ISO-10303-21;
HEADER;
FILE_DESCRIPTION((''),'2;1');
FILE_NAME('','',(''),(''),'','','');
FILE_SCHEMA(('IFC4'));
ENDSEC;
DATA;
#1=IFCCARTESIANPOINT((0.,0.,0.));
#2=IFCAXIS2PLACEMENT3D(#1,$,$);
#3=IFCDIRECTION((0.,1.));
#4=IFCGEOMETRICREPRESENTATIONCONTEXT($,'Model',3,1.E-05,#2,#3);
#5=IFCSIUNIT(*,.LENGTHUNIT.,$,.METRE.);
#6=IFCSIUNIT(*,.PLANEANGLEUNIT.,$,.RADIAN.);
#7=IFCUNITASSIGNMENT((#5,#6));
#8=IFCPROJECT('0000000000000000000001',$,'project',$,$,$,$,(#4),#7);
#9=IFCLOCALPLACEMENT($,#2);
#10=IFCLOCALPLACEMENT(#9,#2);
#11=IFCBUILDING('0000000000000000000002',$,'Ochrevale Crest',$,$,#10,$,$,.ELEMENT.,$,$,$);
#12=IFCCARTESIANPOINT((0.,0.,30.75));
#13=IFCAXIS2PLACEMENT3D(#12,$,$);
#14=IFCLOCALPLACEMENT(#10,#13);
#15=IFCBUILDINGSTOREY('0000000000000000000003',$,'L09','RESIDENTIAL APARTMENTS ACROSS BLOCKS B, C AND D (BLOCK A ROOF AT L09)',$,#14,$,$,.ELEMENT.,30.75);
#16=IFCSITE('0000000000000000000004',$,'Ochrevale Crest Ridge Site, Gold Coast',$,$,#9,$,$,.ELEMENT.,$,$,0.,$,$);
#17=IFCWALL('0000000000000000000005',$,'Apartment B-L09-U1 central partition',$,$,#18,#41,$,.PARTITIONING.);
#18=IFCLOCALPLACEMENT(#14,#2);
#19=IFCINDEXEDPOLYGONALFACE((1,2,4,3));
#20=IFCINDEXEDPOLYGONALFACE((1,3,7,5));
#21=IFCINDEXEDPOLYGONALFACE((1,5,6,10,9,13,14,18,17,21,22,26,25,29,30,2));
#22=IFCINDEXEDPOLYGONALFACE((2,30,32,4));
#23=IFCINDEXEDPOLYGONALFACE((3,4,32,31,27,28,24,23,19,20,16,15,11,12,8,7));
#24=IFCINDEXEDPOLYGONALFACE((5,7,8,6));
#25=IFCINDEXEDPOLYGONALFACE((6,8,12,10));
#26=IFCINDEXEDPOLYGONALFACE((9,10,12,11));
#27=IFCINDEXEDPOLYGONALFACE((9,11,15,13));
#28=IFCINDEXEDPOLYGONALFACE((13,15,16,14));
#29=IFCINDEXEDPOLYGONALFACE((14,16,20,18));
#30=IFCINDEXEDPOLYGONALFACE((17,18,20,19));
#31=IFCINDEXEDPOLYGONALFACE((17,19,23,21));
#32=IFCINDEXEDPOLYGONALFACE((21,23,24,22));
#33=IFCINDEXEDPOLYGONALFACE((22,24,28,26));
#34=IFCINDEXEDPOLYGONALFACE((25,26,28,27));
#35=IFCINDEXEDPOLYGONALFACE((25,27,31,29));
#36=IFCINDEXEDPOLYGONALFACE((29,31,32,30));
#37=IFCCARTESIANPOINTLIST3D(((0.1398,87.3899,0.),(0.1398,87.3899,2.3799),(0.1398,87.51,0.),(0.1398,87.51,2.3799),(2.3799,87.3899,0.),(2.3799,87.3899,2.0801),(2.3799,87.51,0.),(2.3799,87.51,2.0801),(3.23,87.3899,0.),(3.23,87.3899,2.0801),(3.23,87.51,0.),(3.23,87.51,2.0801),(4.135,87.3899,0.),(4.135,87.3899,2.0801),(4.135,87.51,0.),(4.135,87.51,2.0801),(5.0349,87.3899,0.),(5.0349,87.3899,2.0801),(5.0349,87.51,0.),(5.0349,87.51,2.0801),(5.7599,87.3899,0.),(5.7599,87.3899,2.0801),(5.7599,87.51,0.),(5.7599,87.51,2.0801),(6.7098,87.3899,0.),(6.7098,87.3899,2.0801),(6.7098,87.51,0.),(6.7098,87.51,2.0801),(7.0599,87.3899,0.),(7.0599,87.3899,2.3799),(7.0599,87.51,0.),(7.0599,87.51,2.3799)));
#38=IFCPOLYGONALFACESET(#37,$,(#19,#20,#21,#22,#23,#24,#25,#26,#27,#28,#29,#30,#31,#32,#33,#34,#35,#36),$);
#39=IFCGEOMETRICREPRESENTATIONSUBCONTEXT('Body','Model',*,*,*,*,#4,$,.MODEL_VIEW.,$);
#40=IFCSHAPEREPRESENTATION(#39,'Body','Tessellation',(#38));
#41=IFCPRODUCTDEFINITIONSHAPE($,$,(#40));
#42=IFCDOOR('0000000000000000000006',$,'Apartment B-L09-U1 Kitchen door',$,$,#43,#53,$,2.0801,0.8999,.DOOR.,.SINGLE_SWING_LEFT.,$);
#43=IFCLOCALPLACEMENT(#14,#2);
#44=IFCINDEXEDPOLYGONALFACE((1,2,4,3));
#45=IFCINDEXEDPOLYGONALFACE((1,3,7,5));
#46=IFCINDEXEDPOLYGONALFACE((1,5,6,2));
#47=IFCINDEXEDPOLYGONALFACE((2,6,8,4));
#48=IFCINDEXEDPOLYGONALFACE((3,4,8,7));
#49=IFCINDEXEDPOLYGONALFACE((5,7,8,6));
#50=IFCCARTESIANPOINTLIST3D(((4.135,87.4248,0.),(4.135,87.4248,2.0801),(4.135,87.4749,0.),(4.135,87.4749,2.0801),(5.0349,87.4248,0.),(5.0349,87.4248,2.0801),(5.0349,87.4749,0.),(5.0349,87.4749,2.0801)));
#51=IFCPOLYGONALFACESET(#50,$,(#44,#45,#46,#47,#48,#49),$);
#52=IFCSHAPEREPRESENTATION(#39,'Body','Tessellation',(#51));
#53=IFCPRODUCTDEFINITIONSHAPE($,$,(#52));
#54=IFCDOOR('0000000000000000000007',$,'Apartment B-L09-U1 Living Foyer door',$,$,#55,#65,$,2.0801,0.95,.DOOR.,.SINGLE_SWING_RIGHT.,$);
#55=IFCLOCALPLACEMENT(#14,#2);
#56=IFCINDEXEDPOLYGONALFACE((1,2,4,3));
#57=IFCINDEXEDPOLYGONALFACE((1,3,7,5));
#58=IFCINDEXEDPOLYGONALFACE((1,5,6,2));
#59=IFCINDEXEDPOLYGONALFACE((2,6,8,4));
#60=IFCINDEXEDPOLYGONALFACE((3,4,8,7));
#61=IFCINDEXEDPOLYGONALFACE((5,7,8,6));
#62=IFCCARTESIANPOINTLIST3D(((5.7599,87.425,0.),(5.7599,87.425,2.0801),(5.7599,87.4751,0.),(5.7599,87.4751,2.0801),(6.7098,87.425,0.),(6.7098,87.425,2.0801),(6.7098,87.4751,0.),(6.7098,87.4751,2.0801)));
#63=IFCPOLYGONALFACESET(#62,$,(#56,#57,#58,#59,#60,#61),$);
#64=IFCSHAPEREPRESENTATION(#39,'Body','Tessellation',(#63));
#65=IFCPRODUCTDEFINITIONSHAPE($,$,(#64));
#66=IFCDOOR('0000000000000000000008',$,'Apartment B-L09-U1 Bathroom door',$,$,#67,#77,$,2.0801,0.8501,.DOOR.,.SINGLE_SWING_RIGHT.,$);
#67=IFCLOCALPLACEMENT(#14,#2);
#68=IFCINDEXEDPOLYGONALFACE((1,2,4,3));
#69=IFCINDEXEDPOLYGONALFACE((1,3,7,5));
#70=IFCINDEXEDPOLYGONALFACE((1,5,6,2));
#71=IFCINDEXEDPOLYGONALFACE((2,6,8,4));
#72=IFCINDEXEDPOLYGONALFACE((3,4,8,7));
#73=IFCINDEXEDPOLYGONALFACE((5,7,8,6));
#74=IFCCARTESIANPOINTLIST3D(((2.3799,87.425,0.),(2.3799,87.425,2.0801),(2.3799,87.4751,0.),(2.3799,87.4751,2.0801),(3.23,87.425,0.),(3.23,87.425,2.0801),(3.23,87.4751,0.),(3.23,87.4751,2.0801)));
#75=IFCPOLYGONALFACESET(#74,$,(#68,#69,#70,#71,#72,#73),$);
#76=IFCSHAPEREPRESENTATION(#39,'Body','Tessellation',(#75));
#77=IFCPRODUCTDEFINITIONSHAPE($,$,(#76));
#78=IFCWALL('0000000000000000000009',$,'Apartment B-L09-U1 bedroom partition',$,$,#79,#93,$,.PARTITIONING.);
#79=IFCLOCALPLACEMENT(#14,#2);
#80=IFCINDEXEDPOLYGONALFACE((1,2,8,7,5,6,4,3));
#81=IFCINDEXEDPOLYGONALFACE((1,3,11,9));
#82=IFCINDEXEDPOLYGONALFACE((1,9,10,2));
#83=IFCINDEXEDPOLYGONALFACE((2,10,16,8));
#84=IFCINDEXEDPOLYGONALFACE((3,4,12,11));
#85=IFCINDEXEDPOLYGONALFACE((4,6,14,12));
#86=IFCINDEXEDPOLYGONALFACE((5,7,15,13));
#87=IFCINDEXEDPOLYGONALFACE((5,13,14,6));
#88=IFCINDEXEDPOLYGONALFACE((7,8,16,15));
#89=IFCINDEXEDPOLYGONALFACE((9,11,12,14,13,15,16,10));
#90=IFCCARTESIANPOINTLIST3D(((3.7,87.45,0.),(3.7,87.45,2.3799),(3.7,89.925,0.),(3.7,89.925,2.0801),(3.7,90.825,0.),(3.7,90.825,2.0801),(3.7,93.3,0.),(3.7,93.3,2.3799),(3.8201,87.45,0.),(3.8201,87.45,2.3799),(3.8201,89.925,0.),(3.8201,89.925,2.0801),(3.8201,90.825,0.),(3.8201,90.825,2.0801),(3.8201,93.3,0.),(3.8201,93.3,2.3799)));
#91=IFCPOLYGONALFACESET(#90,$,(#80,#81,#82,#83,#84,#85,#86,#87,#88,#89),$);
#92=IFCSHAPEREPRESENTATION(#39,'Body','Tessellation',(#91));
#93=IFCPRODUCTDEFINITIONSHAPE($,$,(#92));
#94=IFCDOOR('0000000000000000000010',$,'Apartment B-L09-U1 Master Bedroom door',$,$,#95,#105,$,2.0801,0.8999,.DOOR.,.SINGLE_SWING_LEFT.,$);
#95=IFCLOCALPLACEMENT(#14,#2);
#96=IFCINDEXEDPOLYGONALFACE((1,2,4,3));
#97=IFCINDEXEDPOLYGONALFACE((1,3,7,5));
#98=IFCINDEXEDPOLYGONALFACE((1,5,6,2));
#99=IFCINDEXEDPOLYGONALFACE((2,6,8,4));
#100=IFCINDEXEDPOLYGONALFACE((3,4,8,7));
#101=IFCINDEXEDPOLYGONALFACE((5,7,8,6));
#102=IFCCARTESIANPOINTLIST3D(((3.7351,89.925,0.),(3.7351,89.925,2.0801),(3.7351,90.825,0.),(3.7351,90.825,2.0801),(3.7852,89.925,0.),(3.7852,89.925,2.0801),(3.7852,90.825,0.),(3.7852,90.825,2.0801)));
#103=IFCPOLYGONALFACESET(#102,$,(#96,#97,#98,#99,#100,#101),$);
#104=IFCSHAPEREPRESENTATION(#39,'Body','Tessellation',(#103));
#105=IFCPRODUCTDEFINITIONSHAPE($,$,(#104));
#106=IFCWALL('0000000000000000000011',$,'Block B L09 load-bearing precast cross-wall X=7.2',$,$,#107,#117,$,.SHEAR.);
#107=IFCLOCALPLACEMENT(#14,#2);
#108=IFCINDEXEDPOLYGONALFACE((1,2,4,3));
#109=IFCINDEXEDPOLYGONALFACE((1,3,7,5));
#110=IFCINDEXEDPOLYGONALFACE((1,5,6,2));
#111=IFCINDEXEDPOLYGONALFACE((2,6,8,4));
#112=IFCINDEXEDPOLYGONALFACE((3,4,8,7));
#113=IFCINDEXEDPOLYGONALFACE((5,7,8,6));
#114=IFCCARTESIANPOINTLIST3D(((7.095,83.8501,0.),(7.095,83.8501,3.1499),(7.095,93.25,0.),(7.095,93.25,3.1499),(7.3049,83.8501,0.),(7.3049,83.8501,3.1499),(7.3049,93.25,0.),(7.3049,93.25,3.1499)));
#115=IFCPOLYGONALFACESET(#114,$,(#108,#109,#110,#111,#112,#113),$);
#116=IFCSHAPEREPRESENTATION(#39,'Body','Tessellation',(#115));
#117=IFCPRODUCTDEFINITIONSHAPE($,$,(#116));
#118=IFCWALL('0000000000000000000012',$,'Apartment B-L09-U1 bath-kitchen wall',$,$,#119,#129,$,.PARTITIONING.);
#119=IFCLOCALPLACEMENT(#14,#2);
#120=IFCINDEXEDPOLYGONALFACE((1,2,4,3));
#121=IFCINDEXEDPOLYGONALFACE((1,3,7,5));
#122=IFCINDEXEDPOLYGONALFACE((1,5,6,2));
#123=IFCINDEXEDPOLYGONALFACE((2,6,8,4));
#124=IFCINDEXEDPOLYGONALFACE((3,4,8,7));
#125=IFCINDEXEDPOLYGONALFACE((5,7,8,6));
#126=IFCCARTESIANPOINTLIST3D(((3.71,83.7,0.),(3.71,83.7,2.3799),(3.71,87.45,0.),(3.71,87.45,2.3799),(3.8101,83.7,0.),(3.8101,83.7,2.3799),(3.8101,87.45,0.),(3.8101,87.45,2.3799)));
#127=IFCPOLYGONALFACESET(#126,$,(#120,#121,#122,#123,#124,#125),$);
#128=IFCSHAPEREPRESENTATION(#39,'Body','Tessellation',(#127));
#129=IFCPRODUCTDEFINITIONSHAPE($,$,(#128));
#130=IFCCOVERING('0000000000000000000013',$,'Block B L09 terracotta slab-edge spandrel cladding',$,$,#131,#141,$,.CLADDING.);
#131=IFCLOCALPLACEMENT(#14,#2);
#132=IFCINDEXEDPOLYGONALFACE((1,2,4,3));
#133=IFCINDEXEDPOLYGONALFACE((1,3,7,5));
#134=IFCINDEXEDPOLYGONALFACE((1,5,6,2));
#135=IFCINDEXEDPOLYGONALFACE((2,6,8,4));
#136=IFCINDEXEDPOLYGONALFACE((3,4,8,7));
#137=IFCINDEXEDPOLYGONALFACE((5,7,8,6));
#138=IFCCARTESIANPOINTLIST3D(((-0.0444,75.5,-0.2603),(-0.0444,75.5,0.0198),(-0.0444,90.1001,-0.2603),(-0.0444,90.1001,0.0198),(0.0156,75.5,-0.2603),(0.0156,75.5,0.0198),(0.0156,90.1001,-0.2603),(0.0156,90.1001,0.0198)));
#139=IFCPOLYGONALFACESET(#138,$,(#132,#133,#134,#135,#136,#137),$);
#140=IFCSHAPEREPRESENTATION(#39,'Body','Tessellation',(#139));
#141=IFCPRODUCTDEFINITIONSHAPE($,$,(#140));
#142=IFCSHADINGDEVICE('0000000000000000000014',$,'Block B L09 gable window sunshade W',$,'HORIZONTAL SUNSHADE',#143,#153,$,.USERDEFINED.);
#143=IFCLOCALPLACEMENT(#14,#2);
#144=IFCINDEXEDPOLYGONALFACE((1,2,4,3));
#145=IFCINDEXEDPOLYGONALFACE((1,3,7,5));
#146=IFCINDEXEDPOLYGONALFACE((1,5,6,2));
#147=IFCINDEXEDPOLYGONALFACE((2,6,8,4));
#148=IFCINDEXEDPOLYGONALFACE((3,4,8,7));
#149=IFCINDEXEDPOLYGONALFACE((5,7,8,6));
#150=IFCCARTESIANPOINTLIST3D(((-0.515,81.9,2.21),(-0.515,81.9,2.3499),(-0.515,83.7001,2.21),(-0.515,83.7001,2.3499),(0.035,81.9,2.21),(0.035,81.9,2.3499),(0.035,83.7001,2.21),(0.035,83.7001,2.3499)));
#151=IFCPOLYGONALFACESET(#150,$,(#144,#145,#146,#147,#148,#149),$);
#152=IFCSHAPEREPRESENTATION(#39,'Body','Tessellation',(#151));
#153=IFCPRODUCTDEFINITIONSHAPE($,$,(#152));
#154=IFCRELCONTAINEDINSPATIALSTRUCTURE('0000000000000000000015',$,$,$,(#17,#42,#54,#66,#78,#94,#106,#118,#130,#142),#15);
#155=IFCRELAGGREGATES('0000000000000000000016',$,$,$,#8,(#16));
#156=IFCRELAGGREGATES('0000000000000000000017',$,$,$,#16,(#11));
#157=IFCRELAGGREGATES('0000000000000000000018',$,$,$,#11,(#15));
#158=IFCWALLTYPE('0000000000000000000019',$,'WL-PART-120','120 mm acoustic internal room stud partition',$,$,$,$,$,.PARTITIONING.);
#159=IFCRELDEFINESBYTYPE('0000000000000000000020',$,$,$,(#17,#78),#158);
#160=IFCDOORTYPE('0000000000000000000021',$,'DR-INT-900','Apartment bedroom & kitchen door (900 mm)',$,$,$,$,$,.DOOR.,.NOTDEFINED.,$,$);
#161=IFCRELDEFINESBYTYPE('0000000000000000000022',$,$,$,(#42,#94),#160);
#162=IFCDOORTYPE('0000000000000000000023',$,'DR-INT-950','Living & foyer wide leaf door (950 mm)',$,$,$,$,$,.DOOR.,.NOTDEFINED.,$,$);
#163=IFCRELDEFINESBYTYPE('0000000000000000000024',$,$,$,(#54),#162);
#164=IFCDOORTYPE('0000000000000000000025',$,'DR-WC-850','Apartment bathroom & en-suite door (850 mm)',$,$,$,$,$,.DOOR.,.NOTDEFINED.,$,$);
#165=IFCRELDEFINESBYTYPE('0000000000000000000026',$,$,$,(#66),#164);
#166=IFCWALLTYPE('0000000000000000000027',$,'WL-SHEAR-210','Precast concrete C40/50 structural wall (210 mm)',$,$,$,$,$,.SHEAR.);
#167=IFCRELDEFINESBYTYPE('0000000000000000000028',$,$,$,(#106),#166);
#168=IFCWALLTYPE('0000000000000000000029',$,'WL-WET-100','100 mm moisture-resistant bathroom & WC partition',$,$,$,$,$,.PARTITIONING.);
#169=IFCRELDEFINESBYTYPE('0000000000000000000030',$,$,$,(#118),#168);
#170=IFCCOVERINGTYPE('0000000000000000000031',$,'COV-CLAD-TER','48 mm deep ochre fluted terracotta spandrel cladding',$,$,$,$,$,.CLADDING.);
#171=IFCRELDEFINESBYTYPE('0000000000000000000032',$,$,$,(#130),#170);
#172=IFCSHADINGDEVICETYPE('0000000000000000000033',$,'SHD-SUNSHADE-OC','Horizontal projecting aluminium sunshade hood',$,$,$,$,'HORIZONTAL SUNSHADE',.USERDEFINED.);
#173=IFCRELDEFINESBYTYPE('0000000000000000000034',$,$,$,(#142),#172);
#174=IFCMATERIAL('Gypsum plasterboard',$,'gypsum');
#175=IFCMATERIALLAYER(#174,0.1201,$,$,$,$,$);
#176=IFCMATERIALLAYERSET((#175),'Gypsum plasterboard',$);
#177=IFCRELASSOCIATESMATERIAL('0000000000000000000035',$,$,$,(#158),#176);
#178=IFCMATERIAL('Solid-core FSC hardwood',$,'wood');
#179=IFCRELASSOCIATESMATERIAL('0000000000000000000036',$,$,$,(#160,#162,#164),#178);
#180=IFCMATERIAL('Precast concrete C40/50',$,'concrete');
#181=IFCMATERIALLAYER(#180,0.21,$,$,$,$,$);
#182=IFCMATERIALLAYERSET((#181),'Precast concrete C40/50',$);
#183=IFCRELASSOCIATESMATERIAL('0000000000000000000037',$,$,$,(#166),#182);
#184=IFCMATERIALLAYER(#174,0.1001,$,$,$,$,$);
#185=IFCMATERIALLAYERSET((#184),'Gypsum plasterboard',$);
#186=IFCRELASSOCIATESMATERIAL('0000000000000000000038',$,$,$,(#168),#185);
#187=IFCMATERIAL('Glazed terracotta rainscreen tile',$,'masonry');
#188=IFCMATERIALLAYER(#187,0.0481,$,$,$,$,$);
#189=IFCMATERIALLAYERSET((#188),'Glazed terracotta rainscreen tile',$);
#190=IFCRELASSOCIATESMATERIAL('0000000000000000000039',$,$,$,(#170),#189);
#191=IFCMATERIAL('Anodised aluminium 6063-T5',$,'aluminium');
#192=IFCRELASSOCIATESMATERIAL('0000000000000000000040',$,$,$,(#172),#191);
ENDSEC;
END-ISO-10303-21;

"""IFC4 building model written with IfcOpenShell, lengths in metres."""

from ifc_helpers import new_model, si_unit, direction, frame, frame_2d, origin, origin_2d, place, context, subcontext, project, spatial, rectangle, extrude, material, layer, layer_set, type_object, element, fill, save


model = new_model("IFC4")

# Units and contexts
model_context = context("Model", 3, precision=1e-05, world=origin(), true_north=direction((0.0, 1.0)))
body_context = subcontext(model_context, "Body", "Model", "MODEL_VIEW")
ifc_project = project(units=[si_unit("LENGTHUNIT", "METRE"), si_unit("PLANEANGLEUNIT", "RADIAN")], contexts=[model_context])

# Site, building, storey
site_placement = place(None, origin())
site = spatial("IfcSite", under=ifc_project, at=site_placement, Name="Ochrevale Crest Ridge Site, Gold Coast", CompositionType="ELEMENT", RefElevation=0.0)
building_placement = place(site_placement, origin())
building = spatial("IfcBuilding", under=site, at=building_placement, Name="Ochrevale Crest", CompositionType="ELEMENT")
storey_placement = place(building_placement, frame((0.0, 0.0, 30.75)))
storey = spatial("IfcBuildingStorey", under=building, at=storey_placement, Name="L09", Description="RESIDENTIAL APARTMENTS ACROSS BLOCKS B, C AND D (BLOCK A ROOF AT L09)", CompositionType="ELEMENT", Elevation=30.75)

# Shared definitions
ifc_material_1 = material(Name="Precast concrete C40/50", Category="concrete")

# Shared definitions
ifc_material_2 = material(Name="Anodised aluminium 6063-T5", Category="aluminium")

# Shared definitions
ifc_material_3 = material(Name="Gypsum plasterboard", Category="gypsum")
ifc_material_4 = material(Name="Solid-core FSC hardwood", Category="wood")

# Shared definitions
ifc_layer_1 = layer(ifc_material_3, 0.1201)
ifc_layer_set_1 = layer_set([ifc_layer_1], Name="Gypsum plasterboard")
wall_type_1 = type_object("IfcWallType", Name="WL-PART-120", Description="120 mm acoustic internal room stud partition", PredefinedType="PARTITIONING", material=ifc_layer_set_1)

# Wall, openings, doors
wall_1_placement = place(storey_placement, frame((0.1399, 87.45, 0.0), z_axis=(0.0, 0.0, 1.0), x_axis=(1.0, 0.0, 0.0)))
wall_1 = element("IfcWall", 1, at=wall_1_placement, inside=storey, type_object=wall_type_1, Name="Apartment B-L09-U1 central partition", PredefinedType="PARTITIONING", context=body_context, shape_type="SweptSolid", body=[
    extrude(rectangle(XDim=6.9202, YDim=0.1201, at=frame_2d((3.46, 0.0))), origin(), (0.0, 0.0, 1.0), 2.3799),
])
opening_1_placement = place(wall_1_placement, frame((3.0901, 0.0, 0.0), z_axis=(0.0, 0.0, 1.0), x_axis=(-1.0, 0.0, 0.0)))
opening_1 = element("IfcOpeningElement", 2, at=opening_1_placement, cuts=wall_1, PredefinedType="OPENING", context=body_context, shape_type="SweptSolid", body=[
    extrude(rectangle(XDim=0.8501, YDim=2.0801, at=frame_2d((0.425, 1.04))), frame((0.0, 0.0701, 0.0), z_axis=(0.0, -1.0, 0.0), x_axis=(1.0, 0.0, 0.0)), (0.0, 0.0, 1.0), 0.1401),
])
opening_2_placement = place(wall_1_placement, frame((3.9951, 0.0, 0.0)))
opening_2 = element("IfcOpeningElement", 3, at=opening_2_placement, cuts=wall_1, PredefinedType="OPENING", context=body_context, shape_type="SweptSolid", body=[
    extrude(rectangle(XDim=0.8999, YDim=2.0801, at=frame_2d((0.45, 1.04))), frame((0.0, 0.0701, 0.0), z_axis=(0.0, -1.0, 0.0), x_axis=(1.0, 0.0, 0.0)), (0.0, 0.0, 1.0), 0.1401),
])
opening_3_placement = place(wall_1_placement, frame((6.5701, 0.0, 0.0), z_axis=(0.0, 0.0, 1.0), x_axis=(-1.0, 0.0, 0.0)))
opening_3 = element("IfcOpeningElement", 4, at=opening_3_placement, cuts=wall_1, PredefinedType="OPENING", context=body_context, shape_type="SweptSolid", body=[
    extrude(rectangle(XDim=0.95, YDim=2.0801, at=frame_2d((0.4751, 1.04))), frame((0.0, 0.0701, 0.0), z_axis=(0.0, -1.0, 0.0), x_axis=(1.0, 0.0, 0.0)), (0.0, 0.0, 1.0), 0.1401),
])
door_type_1 = type_object("IfcDoorType", Name="DR-INT-900", Description="Apartment bedroom & kitchen door (900 mm)", OperationType="NOTDEFINED", PredefinedType="DOOR", material=ifc_material_4)
door_1_placement = place(opening_2_placement, origin())
door_1 = element("IfcDoor", 5, at=door_1_placement, inside=storey, type_object=door_type_1, Name="Apartment B-L09-U1 Kitchen door", OperationType="SINGLE_SWING_LEFT", OverallHeight=2.0801, OverallWidth=0.8999, PredefinedType="DOOR", context=body_context, shape_type="SweptSolid", body=[
    extrude(rectangle(XDim=0.8999, YDim=2.0801, at=frame_2d((0.45, 1.04))), frame((0.0, 0.0249, 0.0), z_axis=(0.0, -1.0, 0.0), x_axis=(1.0, 0.0, 0.0)), (0.0, 0.0, 1.0), 0.05),
])
fill(opening_2, door_1)
door_type_2 = type_object("IfcDoorType", Name="DR-INT-950", Description="Living & foyer wide leaf door (950 mm)", OperationType="NOTDEFINED", PredefinedType="DOOR", material=ifc_material_4)
door_2_placement = place(opening_3_placement, origin())
door_2 = element("IfcDoor", 6, at=door_2_placement, inside=storey, type_object=door_type_2, Name="Apartment B-L09-U1 Living Foyer door", OperationType="SINGLE_SWING_RIGHT", OverallHeight=2.0801, OverallWidth=0.95, PredefinedType="DOOR", context=body_context, shape_type="SweptSolid", body=[
    extrude(rectangle(XDim=0.95, YDim=2.0801, at=frame_2d((0.4751, 1.04))), frame((0.0, 0.0249, 0.0), z_axis=(0.0, -1.0, 0.0), x_axis=(1.0, 0.0, 0.0)), (0.0, 0.0, 1.0), 0.05),
])
fill(opening_3, door_2)
door_type_3 = type_object("IfcDoorType", Name="DR-WC-850", Description="Apartment bathroom & en-suite door (850 mm)", OperationType="NOTDEFINED", PredefinedType="DOOR", material=ifc_material_4)
door_3_placement = place(opening_1_placement, origin())
door_3 = element("IfcDoor", 7, at=door_3_placement, inside=storey, type_object=door_type_3, Name="Apartment B-L09-U1 Bathroom door", OperationType="SINGLE_SWING_RIGHT", OverallHeight=2.0801, OverallWidth=0.8501, PredefinedType="DOOR", context=body_context, shape_type="SweptSolid", body=[
    extrude(rectangle(XDim=0.8501, YDim=2.0801, at=frame_2d((0.425, 1.04))), frame((0.0, 0.0249, 0.0), z_axis=(0.0, -1.0, 0.0), x_axis=(1.0, 0.0, 0.0)), (0.0, 0.0, 1.0), 0.05),
])
fill(opening_1, door_3)

# Wall, opening, door
wall_2_placement = place(storey_placement, frame((3.76, 87.45, 0.0), z_axis=(0.0, 0.0, 1.0), x_axis=(0.0, 1.0, 0.0)))
wall_2 = element("IfcWall", 8, at=wall_2_placement, inside=storey, type_object=wall_type_1, Name="Apartment B-L09-U1 bedroom partition", PredefinedType="PARTITIONING", context=body_context, shape_type="SweptSolid", body=[
    extrude(rectangle(XDim=5.8501, YDim=0.1201, at=frame_2d((2.925, 0.0))), origin(), (0.0, 0.0, 1.0), 2.3799),
])
opening_4_placement = place(wall_2_placement, frame((2.4751, 0.0, 0.0)))
opening_4 = element("IfcOpeningElement", 9, at=opening_4_placement, cuts=wall_2, PredefinedType="OPENING", context=body_context, shape_type="SweptSolid", body=[
    extrude(rectangle(XDim=0.8999, YDim=2.0801, at=frame_2d((0.45, 1.04))), frame((0.0, 0.0701, 0.0), z_axis=(0.0, -1.0, 0.0), x_axis=(1.0, 0.0, 0.0)), (0.0, 0.0, 1.0), 0.1401),
])
door_4_placement = place(opening_4_placement, origin())
door_4 = element("IfcDoor", 10, at=door_4_placement, inside=storey, type_object=door_type_1, Name="Apartment B-L09-U1 Master Bedroom door", OperationType="SINGLE_SWING_LEFT", OverallHeight=2.0801, OverallWidth=0.8999, PredefinedType="DOOR", context=body_context, shape_type="SweptSolid", body=[
    extrude(rectangle(XDim=0.8999, YDim=2.0801, at=frame_2d((0.45, 1.04))), frame((0.0, 0.0249, 0.0), z_axis=(0.0, -1.0, 0.0), x_axis=(1.0, 0.0, 0.0)), (0.0, 0.0, 1.0), 0.05),
])
fill(opening_4, door_4)

# Walls
ifc_layer_2 = layer(ifc_material_1, 0.21)
ifc_layer_set_2 = layer_set([ifc_layer_2], Name="Precast concrete C40/50")
wall_type_2 = type_object("IfcWallType", Name="WL-SHEAR-210", Description="Precast concrete C40/50 structural wall (210 mm)", PredefinedType="SHEAR", material=ifc_layer_set_2)
wall_3_placement = place(storey_placement, frame((7.2, 83.8501, 0.0), z_axis=(0.0, 0.0, 1.0), x_axis=(0.0, 1.0, 0.0)))
element("IfcWall", 11, at=wall_3_placement, inside=storey, type_object=wall_type_2, Name="Block B L09 load-bearing precast cross-wall X=7.2", PredefinedType="SHEAR", context=body_context, shape_type="SweptSolid", body=[
    extrude(rectangle(XDim=9.3999, YDim=0.21, at=frame_2d((4.7, 0.0))), origin(), (0.0, 0.0, 1.0), 3.1499),
])
ifc_layer_3 = layer(ifc_material_3, 0.1001)
ifc_layer_set_3 = layer_set([ifc_layer_3], Name="Gypsum plasterboard")
wall_type_3 = type_object("IfcWallType", Name="WL-WET-100", Description="100 mm moisture-resistant bathroom & WC partition", PredefinedType="PARTITIONING", material=ifc_layer_set_3)
wall_4_placement = place(storey_placement, frame((3.76, 83.7, 0.0), z_axis=(0.0, 0.0, 1.0), x_axis=(0.0, 1.0, 0.0)))
element("IfcWall", 12, at=wall_4_placement, inside=storey, type_object=wall_type_3, Name="Apartment B-L09-U1 bath-kitchen wall", PredefinedType="PARTITIONING", context=body_context, shape_type="SweptSolid", body=[
    extrude(rectangle(XDim=3.75, YDim=0.1001, at=frame_2d((1.875, 0.0))), origin(), (0.0, 0.0, 1.0), 2.3799),
])

# Covering
ifc_material_5 = material(Name="Glazed terracotta rainscreen tile", Category="masonry")
ifc_layer_4 = layer(ifc_material_5, 0.0481)
ifc_layer_set_4 = layer_set([ifc_layer_4], Name="Glazed terracotta rainscreen tile")
covering_type = type_object("IfcCoveringType", Name="COV-CLAD-TER", Description="48 mm deep ochre fluted terracotta spandrel cladding", PredefinedType="CLADDING", material=ifc_layer_set_4)
covering_placement = place(storey_placement, frame((-0.0144, 82.8, -0.2603), z_axis=(0.0, 0.0, 1.0), x_axis=(0.0, -1.0, 0.0)))
element("IfcCovering", 13, at=covering_placement, inside=storey, type_object=covering_type, Name="Block B L09 terracotta slab-edge spandrel cladding", PredefinedType="CLADDING", context=body_context, shape_type="SweptSolid", body=[
    extrude(rectangle(XDim=14.6001, YDim=0.0601, at=origin_2d()), origin(), (0.0, 0.0, 1.0), 0.28),
])

# Shading device
shading_device_type = type_object("IfcShadingDeviceType", Name="SHD-SUNSHADE-OC", Description="Horizontal projecting aluminium sunshade hood", ElementType="HORIZONTAL SUNSHADE", PredefinedType="USERDEFINED", material=ifc_material_2)
shading_device_placement = place(storey_placement, frame((-0.24, 82.8, 2.21), z_axis=(0.0, 0.0, 1.0), x_axis=(1.0, 0.0, 0.0)))
element("IfcShadingDevice", 14, at=shading_device_placement, inside=storey, type_object=shading_device_type, Name="Block B L09 gable window sunshade W", ObjectType="HORIZONTAL SUNSHADE", PredefinedType="USERDEFINED", context=body_context, shape_type="SweptSolid", body=[
    extrude(rectangle(XDim=0.55, YDim=1.8, at=origin_2d()), origin(), (0.0, 0.0, 1.0), 0.1399),
])

save(model, "model.ifc")
